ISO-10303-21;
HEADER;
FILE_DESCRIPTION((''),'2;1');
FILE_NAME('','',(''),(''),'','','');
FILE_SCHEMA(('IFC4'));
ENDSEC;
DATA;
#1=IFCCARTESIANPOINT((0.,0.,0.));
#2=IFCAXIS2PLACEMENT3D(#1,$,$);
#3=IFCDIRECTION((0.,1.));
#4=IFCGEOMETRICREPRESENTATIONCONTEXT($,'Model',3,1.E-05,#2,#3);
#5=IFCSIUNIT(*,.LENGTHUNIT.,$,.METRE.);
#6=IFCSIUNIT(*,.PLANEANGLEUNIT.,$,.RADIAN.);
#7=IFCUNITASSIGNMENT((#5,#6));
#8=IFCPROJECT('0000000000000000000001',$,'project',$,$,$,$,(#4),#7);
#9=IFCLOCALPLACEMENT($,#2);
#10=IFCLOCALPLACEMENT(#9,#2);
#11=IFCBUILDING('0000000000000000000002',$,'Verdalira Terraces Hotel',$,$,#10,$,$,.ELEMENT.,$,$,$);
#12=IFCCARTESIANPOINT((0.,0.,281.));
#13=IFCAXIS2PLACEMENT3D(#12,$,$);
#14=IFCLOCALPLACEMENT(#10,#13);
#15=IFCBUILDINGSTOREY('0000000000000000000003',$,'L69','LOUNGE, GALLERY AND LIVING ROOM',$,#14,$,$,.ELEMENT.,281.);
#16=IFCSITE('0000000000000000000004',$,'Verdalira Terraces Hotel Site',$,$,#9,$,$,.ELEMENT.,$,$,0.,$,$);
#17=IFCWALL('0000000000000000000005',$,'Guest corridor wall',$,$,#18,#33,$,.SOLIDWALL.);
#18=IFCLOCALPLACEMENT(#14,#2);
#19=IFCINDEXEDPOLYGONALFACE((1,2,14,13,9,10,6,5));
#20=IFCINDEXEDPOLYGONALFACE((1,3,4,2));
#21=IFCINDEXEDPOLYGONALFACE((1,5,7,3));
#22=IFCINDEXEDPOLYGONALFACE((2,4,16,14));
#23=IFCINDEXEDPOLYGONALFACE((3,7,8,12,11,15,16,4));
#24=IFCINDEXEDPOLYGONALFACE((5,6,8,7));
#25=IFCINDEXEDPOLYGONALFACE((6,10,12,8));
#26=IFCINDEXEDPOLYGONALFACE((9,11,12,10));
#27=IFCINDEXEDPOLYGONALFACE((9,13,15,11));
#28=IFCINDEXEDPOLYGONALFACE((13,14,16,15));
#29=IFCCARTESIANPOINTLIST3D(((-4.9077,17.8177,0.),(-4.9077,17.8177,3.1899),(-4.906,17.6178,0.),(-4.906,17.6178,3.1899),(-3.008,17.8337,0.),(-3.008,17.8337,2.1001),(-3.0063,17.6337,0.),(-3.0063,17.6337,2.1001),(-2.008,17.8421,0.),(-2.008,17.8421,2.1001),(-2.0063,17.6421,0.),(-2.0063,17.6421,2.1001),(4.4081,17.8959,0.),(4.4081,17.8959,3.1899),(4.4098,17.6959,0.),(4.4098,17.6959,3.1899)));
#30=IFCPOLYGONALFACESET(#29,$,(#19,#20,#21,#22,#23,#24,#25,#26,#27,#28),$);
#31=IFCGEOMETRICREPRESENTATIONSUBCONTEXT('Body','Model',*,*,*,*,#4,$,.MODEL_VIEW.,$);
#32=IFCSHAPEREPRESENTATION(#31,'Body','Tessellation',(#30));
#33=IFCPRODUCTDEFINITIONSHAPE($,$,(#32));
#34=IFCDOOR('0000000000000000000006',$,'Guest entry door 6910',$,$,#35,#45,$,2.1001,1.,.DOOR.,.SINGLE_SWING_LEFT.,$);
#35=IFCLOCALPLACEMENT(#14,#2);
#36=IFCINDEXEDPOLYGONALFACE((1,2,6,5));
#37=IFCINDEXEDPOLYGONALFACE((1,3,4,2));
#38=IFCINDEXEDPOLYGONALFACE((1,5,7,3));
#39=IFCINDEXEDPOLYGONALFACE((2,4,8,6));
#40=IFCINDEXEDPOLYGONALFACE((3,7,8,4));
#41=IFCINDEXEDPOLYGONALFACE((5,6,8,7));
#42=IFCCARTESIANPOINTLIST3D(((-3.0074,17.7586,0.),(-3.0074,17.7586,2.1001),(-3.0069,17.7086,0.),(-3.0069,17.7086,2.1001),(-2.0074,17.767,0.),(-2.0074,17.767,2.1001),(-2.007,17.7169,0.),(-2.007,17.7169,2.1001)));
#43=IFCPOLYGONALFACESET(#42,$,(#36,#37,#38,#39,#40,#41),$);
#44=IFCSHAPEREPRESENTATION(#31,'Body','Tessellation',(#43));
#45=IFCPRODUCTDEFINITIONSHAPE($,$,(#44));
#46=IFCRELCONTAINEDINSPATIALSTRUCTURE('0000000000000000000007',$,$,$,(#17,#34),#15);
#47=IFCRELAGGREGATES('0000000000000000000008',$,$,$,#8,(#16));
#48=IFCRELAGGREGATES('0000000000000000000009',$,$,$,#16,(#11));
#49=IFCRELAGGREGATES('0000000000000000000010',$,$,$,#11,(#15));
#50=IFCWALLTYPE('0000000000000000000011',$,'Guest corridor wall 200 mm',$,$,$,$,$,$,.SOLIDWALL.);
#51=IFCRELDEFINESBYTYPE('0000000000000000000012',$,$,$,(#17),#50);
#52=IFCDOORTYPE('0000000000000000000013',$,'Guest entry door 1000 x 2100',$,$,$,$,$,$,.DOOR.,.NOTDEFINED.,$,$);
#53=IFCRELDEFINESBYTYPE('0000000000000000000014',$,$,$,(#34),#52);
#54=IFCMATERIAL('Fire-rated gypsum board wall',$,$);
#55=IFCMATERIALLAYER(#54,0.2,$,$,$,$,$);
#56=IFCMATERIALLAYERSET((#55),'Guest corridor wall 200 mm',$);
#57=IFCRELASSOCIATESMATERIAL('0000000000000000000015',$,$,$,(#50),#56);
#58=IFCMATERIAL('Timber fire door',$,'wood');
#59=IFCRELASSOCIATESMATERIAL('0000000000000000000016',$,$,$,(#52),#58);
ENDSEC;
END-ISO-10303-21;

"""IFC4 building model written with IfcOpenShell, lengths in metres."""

from ifc_helpers import new_model, si_unit, direction, frame, frame_2d, origin, place, context, subcontext, project, spatial, rectangle, extrude, material, layer, layer_set, type_object, element, fill, save


model = new_model("IFC4")

# Units and contexts
model_context = context("Model", 3, precision=1e-05, world=origin(), true_north=direction((0.0, 1.0)))
body_context = subcontext(model_context, "Body", "Model", "MODEL_VIEW")
ifc_project = project(units=[si_unit("LENGTHUNIT", "METRE"), si_unit("PLANEANGLEUNIT", "RADIAN")], contexts=[model_context])

# Site, building, storey
site_placement = place(None, origin())
site = spatial("IfcSite", under=ifc_project, at=site_placement, Name="Verdalira Terraces Hotel Site", CompositionType="ELEMENT", RefElevation=0.0)
building_placement = place(site_placement, origin())
building = spatial("IfcBuilding", under=site, at=building_placement, Name="Verdalira Terraces Hotel", CompositionType="ELEMENT")
storey_placement = place(building_placement, frame((0.0, 0.0, 281.0)))
storey = spatial("IfcBuildingStorey", under=building, at=storey_placement, Name="L69", Description="LOUNGE, GALLERY AND LIVING ROOM", CompositionType="ELEMENT", Elevation=281.0)

# Wall, opening, door
ifc_material_1 = material(Name="Fire-rated gypsum board wall")
ifc_layer_1 = layer(ifc_material_1, 0.2)
ifc_layer_set_1 = layer_set([ifc_layer_1], Name="Guest corridor wall 200 mm")
wall_type_1 = type_object("IfcWallType", Name="Guest corridor wall 200 mm", PredefinedType="SOLIDWALL", material=ifc_layer_set_1)
wall_1_placement = place(storey_placement, frame((-4.907, 17.7178, 0.0), z_axis=(0.0, 0.0, 1.0), x_axis=(0.999965, 0.008386, 0.0)))
wall_1 = element("IfcWall", 1, at=wall_1_placement, inside=storey, type_object=wall_type_1, Name="Guest corridor wall", PredefinedType="SOLIDWALL", context=body_context, shape_type="SweptSolid", body=[
    extrude(rectangle(XDim=9.3162, YDim=0.2, at=frame_2d((4.6582, 0.0))), origin(), (0.0, 0.0, 1.0), 3.1899),
])
opening_1_placement = place(wall_1_placement, frame((1.8999, 0.0, 0.0)))
opening_1 = element("IfcOpeningElement", 2, at=opening_1_placement, cuts=wall_1, PredefinedType="OPENING", context=body_context, shape_type="SweptSolid", body=[
    extrude(rectangle(XDim=1.0, YDim=2.1001, at=frame_2d((0.5, 1.05))), frame((0.0, 0.1099, 0.0), z_axis=(0.0, -1.0, 0.0), x_axis=(1.0, 0.0, 0.0)), (0.0, 0.0, 1.0), 0.22),
])
ifc_material_2 = material(Name="Timber fire door", Category="wood")
door_type_1 = type_object("IfcDoorType", Name="Guest entry door 1000 x 2100", OperationType="NOTDEFINED", PredefinedType="DOOR", material=ifc_material_2)
door_1_placement = place(opening_1_placement, origin())
door_1 = element("IfcDoor", 3, at=door_1_placement, inside=storey, type_object=door_type_1, Name="Guest entry door 6910", OperationType="SINGLE_SWING_LEFT", OverallHeight=2.1001, OverallWidth=1.0, PredefinedType="DOOR", context=body_context, shape_type="SweptSolid", body=[
    extrude(rectangle(XDim=1.0, YDim=2.1001, at=frame_2d((0.5, 1.05))), frame((0.0, 0.0249, 0.0), z_axis=(0.0, -1.0, 0.0), x_axis=(1.0, 0.0, 0.0)), (0.0, 0.0, 1.0), 0.05),
])
fill(opening_1, door_1)

save(model, "model.ifc")
